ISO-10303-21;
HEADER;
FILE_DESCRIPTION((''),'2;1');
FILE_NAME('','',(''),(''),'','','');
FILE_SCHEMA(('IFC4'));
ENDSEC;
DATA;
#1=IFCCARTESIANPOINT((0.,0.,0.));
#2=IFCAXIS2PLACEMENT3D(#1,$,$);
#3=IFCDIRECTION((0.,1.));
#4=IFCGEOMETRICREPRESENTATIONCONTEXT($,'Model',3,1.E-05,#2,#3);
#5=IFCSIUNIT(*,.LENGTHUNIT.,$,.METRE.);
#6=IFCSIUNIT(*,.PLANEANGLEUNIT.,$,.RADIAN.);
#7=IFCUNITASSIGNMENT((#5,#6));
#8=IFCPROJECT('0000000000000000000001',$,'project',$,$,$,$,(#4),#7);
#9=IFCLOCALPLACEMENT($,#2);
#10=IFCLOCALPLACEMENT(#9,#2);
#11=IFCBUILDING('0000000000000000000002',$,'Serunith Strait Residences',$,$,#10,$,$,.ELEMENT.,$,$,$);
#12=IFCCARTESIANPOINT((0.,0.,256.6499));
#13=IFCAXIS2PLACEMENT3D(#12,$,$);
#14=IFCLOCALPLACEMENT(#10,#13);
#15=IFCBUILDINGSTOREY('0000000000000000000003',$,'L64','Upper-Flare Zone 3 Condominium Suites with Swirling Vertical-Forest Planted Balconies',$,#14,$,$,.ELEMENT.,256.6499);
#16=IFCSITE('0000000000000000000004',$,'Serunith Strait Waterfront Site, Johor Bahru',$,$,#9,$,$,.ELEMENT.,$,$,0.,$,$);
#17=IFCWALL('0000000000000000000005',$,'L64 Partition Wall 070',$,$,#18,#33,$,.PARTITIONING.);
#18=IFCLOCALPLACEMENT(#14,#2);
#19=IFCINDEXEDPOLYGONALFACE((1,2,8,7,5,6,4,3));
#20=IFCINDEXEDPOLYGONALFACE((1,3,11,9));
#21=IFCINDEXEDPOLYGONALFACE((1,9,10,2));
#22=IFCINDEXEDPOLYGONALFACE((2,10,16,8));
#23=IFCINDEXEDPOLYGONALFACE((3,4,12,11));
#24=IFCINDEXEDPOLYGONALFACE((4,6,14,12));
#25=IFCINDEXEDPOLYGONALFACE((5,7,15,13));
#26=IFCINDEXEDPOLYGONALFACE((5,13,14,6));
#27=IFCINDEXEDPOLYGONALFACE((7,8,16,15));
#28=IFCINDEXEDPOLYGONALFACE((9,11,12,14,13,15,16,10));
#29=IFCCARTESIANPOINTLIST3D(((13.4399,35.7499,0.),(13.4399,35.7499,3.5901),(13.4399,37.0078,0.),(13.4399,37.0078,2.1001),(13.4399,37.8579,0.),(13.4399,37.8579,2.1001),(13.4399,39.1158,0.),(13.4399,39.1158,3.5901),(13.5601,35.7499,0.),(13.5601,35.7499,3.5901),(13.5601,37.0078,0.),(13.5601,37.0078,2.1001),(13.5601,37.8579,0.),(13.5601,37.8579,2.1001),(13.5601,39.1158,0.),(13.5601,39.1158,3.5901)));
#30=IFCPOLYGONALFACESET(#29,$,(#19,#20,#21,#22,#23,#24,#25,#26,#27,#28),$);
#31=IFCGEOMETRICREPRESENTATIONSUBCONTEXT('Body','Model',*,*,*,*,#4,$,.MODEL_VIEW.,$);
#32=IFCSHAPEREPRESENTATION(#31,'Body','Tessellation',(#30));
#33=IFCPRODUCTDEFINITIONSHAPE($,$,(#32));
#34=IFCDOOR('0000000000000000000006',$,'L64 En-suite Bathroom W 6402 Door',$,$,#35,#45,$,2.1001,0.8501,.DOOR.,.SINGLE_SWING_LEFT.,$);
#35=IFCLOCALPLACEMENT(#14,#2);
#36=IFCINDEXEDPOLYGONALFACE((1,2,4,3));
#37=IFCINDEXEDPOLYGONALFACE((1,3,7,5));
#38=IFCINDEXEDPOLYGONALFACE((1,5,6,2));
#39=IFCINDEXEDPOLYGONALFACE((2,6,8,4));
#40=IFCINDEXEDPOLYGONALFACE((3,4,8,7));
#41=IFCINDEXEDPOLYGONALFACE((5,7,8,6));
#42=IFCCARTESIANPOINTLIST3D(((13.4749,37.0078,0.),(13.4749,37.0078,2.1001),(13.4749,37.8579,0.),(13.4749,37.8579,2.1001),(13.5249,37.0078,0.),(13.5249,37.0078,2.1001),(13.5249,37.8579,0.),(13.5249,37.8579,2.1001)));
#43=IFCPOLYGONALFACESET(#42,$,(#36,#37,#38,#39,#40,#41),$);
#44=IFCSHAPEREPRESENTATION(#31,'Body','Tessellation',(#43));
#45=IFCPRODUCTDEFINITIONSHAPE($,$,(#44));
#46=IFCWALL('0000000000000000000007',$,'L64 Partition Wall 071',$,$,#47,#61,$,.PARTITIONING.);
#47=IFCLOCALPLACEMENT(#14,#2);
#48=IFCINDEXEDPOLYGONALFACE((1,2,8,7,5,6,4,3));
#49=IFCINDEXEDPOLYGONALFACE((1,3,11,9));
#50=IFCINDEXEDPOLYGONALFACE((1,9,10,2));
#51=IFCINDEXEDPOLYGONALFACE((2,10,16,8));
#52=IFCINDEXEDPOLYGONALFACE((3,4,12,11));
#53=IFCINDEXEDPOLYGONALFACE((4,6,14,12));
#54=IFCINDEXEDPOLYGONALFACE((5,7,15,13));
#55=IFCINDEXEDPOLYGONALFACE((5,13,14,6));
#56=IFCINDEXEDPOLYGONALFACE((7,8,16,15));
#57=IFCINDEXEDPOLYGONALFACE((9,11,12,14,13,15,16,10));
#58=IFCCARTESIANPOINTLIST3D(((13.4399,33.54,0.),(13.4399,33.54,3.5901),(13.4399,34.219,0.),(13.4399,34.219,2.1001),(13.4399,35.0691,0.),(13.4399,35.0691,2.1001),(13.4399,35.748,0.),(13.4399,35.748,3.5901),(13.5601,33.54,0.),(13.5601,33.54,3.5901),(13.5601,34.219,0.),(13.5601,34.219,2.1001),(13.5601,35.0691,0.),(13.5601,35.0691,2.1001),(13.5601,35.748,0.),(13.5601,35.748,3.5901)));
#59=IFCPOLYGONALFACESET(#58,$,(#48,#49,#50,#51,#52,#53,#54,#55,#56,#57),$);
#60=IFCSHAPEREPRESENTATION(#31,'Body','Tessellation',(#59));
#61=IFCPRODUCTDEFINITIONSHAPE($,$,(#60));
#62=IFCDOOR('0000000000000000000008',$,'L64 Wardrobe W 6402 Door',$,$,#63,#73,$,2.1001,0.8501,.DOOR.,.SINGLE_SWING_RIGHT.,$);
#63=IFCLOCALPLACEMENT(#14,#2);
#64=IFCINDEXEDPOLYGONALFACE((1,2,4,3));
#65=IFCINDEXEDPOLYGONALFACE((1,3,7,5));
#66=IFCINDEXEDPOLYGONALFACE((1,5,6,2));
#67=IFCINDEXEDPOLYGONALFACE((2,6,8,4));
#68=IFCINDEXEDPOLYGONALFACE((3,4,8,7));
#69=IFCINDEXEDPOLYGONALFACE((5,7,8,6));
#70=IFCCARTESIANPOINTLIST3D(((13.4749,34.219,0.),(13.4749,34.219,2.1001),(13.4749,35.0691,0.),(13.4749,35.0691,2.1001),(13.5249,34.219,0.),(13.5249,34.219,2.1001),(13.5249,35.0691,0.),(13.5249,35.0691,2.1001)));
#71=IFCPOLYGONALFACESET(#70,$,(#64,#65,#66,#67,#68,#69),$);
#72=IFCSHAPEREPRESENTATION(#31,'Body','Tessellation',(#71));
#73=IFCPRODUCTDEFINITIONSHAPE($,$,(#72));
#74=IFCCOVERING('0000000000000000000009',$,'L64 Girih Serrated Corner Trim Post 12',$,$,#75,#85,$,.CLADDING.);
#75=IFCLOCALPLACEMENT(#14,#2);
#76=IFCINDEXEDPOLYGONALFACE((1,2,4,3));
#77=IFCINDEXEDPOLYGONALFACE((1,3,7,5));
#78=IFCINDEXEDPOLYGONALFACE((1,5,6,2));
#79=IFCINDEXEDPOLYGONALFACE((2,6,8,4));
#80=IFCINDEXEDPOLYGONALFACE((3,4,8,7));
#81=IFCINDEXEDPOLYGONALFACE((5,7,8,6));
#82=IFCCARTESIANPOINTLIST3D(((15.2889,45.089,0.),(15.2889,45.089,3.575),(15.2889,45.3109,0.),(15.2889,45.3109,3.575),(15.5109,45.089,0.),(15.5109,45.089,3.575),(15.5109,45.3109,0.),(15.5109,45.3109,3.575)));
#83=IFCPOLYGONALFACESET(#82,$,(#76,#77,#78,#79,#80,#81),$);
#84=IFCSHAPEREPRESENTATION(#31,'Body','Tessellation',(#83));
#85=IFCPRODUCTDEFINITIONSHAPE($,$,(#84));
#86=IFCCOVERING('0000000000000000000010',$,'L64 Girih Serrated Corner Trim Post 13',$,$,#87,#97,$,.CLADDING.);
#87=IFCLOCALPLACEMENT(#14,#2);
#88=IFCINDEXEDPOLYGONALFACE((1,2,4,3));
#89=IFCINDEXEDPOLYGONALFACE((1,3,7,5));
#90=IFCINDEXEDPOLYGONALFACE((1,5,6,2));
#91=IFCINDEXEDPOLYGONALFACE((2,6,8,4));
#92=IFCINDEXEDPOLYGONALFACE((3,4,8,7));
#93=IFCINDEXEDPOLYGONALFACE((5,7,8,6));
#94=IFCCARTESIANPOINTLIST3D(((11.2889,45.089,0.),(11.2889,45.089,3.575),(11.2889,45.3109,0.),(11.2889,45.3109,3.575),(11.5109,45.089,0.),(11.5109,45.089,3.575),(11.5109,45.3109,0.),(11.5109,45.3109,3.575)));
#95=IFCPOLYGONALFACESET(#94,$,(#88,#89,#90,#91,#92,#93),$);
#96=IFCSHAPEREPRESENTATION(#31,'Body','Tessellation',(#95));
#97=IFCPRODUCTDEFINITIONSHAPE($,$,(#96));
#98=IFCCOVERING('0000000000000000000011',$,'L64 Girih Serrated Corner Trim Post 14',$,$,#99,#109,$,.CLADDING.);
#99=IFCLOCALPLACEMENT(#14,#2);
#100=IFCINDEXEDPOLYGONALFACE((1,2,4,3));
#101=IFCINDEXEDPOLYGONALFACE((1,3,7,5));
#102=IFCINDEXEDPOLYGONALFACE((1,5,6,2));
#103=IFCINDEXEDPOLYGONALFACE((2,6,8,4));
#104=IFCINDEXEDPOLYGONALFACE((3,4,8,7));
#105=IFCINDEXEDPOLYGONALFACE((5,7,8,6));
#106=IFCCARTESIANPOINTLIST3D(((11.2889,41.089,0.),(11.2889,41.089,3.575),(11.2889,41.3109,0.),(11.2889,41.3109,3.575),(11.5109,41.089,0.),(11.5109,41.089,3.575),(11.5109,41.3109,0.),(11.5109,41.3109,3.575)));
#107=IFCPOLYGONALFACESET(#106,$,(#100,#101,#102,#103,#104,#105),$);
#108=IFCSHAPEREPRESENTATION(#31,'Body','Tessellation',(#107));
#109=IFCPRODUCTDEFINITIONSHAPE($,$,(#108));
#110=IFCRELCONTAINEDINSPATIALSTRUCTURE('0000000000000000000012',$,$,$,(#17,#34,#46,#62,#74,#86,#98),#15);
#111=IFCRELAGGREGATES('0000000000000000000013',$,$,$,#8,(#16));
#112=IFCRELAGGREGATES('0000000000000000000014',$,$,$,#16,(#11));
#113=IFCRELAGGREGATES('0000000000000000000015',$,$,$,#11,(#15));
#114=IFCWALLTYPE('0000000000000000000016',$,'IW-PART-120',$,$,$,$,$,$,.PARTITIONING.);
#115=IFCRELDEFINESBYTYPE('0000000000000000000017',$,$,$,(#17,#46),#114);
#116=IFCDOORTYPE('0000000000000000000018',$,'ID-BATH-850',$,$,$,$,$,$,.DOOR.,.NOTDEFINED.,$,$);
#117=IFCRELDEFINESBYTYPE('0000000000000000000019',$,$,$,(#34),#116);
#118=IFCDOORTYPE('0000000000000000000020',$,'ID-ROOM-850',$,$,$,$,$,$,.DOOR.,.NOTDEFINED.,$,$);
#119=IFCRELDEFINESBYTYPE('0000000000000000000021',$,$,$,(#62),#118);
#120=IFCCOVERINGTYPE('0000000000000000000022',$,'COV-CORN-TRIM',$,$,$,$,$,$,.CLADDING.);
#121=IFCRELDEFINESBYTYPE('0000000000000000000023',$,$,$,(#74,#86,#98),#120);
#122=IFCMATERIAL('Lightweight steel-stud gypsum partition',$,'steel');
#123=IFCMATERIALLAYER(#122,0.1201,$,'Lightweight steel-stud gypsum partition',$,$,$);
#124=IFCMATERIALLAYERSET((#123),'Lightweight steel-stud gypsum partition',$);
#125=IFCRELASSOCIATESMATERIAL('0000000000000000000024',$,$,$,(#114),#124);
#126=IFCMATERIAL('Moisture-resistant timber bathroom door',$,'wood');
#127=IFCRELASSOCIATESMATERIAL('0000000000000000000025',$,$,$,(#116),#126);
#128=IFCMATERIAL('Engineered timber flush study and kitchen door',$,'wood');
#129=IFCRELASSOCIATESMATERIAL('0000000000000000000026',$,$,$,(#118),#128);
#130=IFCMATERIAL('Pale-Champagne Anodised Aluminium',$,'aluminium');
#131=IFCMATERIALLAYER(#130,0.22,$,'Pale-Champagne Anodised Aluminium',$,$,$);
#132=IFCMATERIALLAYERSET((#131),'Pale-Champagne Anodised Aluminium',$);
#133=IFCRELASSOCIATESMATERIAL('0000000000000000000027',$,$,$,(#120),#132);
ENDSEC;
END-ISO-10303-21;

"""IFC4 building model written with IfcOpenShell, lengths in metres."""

from ifc_helpers import new_model, si_unit, direction, frame, frame_2d, origin, origin_2d, place, context, subcontext, project, spatial, rectangle, extrude, source, transform, mapped, material, layer, layer_set, type_object, element, fill, save


model = new_model("IFC4")

# Units and contexts
model_context = context("Model", 3, precision=1e-05, world=origin(), true_north=direction((0.0, 1.0)))
body_context = subcontext(model_context, "Body", "Model", "MODEL_VIEW")
ifc_project = project(units=[si_unit("LENGTHUNIT", "METRE"), si_unit("PLANEANGLEUNIT", "RADIAN")], contexts=[model_context])

# Site, building, storey
site_placement = place(None, origin())
site = spatial("IfcSite", under=ifc_project, at=site_placement, Name="Serunith Strait Waterfront Site, Johor Bahru", CompositionType="ELEMENT", RefElevation=0.0)
building_placement = place(site_placement, origin())
building = spatial("IfcBuilding", under=site, at=building_placement, Name="Serunith Strait Residences", CompositionType="ELEMENT")
storey_placement = place(building_placement, frame((0.0, 0.0, 256.6499)))
storey = spatial("IfcBuildingStorey", under=building, at=storey_placement, Name="L64", Description="Upper-Flare Zone 3 Condominium Suites with Swirling Vertical-Forest Planted Balconies", CompositionType="ELEMENT", Elevation=256.6499)

# Shared definitions
ifc_material_1 = material(Name="Pale-Champagne Anodised Aluminium", Category="aluminium")

# Shared definitions
ifc_material_2 = material(Name="Lightweight steel-stud gypsum partition", Category="steel")
ifc_layer_1 = layer(ifc_material_2, 0.1201, Name="Lightweight steel-stud gypsum partition")
ifc_layer_set_1 = layer_set([ifc_layer_1], Name="Lightweight steel-stud gypsum partition")
wall_type_1 = type_object("IfcWallType", Name="IW-PART-120", PredefinedType="PARTITIONING", material=ifc_layer_set_1)

# Walls, openings, doors
wall_1_placement = place(storey_placement, frame((13.5, 39.116, 0.0), z_axis=(0.0, 0.0, 1.0), x_axis=(0.0, -1.0, 0.0)))
wall_1 = element("IfcWall", 1, at=wall_1_placement, inside=storey, type_object=wall_type_1, Name="L64 Partition Wall 070", PredefinedType="PARTITIONING", context=body_context, shape_type="SweptSolid", body=[
    extrude(rectangle(XDim=3.366, YDim=0.1201, at=frame_2d((1.6831, 0.0))), origin(), (0.0, 0.0, 1.0), 3.5901),
])
opening_1_placement = place(wall_1_placement, frame((1.2581, 0.0, 0.0)))
opening_1 = element("IfcOpeningElement", 2, at=opening_1_placement, cuts=wall_1, PredefinedType="OPENING", context=body_context, shape_type="SweptSolid", body=[
    extrude(rectangle(XDim=0.8501, YDim=2.1001, at=frame_2d((0.425, 1.05))), frame((0.0, 0.0701, 0.0), z_axis=(0.0, -1.0, 0.0), x_axis=(1.0, 0.0, 0.0)), (0.0, 0.0, 1.0), 0.1401),
])
ifc_material_3 = material(Name="Moisture-resistant timber bathroom door", Category="wood")
door_type_1 = type_object("IfcDoorType", Name="ID-BATH-850", OperationType="NOTDEFINED", PredefinedType="DOOR", material=ifc_material_3)
shared_shape_1 = source(origin(), body_context, "Body", "SweptSolid", [
    extrude(rectangle(XDim=0.8501, YDim=2.1001, at=frame_2d((0.425, 1.05))), frame((0.0, 0.0249, 0.0), z_axis=(0.0, -1.0, 0.0), x_axis=(1.0, 0.0, 0.0)), (0.0, 0.0, 1.0), 0.05),
])
door_1_placement = place(opening_1_placement, origin())
door_1 = element("IfcDoor", 3, at=door_1_placement, inside=storey, type_object=door_type_1, Name="L64 En-suite Bathroom W 6402 Door", OperationType="SINGLE_SWING_LEFT", OverallHeight=2.1001, OverallWidth=0.8501, PredefinedType="DOOR", context=body_context, shape_type="MappedRepresentation", body=[
    mapped(shared_shape_1, transform((0.0, 0.0, 0.0), scale=1.0)),
])
fill(opening_1, door_1)
wall_2_placement = place(storey_placement, frame((13.5, 35.748, 0.0), z_axis=(0.0, 0.0, 1.0), x_axis=(0.0, -1.0, 0.0)))
wall_2 = element("IfcWall", 4, at=wall_2_placement, inside=storey, type_object=wall_type_1, Name="L64 Partition Wall 071", PredefinedType="PARTITIONING", context=body_context, shape_type="SweptSolid", body=[
    extrude(rectangle(XDim=2.208, YDim=0.1201, at=frame_2d((1.104, 0.0))), origin(), (0.0, 0.0, 1.0), 3.5901),
])
opening_2_placement = place(wall_2_placement, frame((0.679, 0.0, 0.0)))
opening_2 = element("IfcOpeningElement", 5, at=opening_2_placement, cuts=wall_2, PredefinedType="OPENING", context=body_context, shape_type="SweptSolid", body=[
    extrude(rectangle(XDim=0.8501, YDim=2.1001, at=frame_2d((0.425, 1.05))), frame((0.0, 0.0701, 0.0), z_axis=(0.0, -1.0, 0.0), x_axis=(1.0, 0.0, 0.0)), (0.0, 0.0, 1.0), 0.1401),
])
ifc_material_4 = material(Name="Engineered timber flush study and kitchen door", Category="wood")
door_type_2 = type_object("IfcDoorType", Name="ID-ROOM-850", OperationType="NOTDEFINED", PredefinedType="DOOR", material=ifc_material_4)
door_2_placement = place(opening_2_placement, origin())
door_2 = element("IfcDoor", 6, at=door_2_placement, inside=storey, type_object=door_type_2, Name="L64 Wardrobe W 6402 Door", OperationType="SINGLE_SWING_RIGHT", OverallHeight=2.1001, OverallWidth=0.8501, PredefinedType="DOOR", context=body_context, shape_type="MappedRepresentation", body=[
    mapped(shared_shape_1, transform((0.0, 0.0, 0.0), scale=1.0)),
])
fill(opening_2, door_2)

# Coverings
ifc_layer_2 = layer(ifc_material_1, 0.22, Name="Pale-Champagne Anodised Aluminium")
ifc_layer_set_2 = layer_set([ifc_layer_2], Name="Pale-Champagne Anodised Aluminium")
covering_type = type_object("IfcCoveringType", Name="COV-CORN-TRIM", PredefinedType="CLADDING", material=ifc_layer_set_2)
shared_shape_2 = source(origin(), body_context, "Body", "SweptSolid", [
    extrude(rectangle(XDim=0.2219, YDim=0.2219, at=origin_2d()), origin(), (0.0, 0.0, 1.0), 3.575),
])
for number, where, z_axis, x_axis, name in (
    (7, (15.3999, 45.2, 0.0), (0.0, 0.0, 1.0), (1.0, 0.0, 0.0), "L64 Girih Serrated Corner Trim Post 12"),
    (8, (11.3999, 45.2, 0.0), (0.0, 0.0, 1.0), (1.0, 0.0, 0.0), "L64 Girih Serrated Corner Trim Post 13"),
    (9, (11.3999, 41.2, 0.0), (0.0, 0.0, 1.0), (1.0, 0.0, 0.0), "L64 Girih Serrated Corner Trim Post 14"),
):
    element("IfcCovering", number, at=place(storey_placement, frame(where, z_axis=z_axis, x_axis=x_axis)), inside=storey, type_object=covering_type, Name=name, PredefinedType="CLADDING", context=body_context, shape_type="MappedRepresentation", body=[
        mapped(shared_shape_2, transform((0.0, 0.0, 0.0), scale=1.0)),
    ])

save(model, "model.ifc")
